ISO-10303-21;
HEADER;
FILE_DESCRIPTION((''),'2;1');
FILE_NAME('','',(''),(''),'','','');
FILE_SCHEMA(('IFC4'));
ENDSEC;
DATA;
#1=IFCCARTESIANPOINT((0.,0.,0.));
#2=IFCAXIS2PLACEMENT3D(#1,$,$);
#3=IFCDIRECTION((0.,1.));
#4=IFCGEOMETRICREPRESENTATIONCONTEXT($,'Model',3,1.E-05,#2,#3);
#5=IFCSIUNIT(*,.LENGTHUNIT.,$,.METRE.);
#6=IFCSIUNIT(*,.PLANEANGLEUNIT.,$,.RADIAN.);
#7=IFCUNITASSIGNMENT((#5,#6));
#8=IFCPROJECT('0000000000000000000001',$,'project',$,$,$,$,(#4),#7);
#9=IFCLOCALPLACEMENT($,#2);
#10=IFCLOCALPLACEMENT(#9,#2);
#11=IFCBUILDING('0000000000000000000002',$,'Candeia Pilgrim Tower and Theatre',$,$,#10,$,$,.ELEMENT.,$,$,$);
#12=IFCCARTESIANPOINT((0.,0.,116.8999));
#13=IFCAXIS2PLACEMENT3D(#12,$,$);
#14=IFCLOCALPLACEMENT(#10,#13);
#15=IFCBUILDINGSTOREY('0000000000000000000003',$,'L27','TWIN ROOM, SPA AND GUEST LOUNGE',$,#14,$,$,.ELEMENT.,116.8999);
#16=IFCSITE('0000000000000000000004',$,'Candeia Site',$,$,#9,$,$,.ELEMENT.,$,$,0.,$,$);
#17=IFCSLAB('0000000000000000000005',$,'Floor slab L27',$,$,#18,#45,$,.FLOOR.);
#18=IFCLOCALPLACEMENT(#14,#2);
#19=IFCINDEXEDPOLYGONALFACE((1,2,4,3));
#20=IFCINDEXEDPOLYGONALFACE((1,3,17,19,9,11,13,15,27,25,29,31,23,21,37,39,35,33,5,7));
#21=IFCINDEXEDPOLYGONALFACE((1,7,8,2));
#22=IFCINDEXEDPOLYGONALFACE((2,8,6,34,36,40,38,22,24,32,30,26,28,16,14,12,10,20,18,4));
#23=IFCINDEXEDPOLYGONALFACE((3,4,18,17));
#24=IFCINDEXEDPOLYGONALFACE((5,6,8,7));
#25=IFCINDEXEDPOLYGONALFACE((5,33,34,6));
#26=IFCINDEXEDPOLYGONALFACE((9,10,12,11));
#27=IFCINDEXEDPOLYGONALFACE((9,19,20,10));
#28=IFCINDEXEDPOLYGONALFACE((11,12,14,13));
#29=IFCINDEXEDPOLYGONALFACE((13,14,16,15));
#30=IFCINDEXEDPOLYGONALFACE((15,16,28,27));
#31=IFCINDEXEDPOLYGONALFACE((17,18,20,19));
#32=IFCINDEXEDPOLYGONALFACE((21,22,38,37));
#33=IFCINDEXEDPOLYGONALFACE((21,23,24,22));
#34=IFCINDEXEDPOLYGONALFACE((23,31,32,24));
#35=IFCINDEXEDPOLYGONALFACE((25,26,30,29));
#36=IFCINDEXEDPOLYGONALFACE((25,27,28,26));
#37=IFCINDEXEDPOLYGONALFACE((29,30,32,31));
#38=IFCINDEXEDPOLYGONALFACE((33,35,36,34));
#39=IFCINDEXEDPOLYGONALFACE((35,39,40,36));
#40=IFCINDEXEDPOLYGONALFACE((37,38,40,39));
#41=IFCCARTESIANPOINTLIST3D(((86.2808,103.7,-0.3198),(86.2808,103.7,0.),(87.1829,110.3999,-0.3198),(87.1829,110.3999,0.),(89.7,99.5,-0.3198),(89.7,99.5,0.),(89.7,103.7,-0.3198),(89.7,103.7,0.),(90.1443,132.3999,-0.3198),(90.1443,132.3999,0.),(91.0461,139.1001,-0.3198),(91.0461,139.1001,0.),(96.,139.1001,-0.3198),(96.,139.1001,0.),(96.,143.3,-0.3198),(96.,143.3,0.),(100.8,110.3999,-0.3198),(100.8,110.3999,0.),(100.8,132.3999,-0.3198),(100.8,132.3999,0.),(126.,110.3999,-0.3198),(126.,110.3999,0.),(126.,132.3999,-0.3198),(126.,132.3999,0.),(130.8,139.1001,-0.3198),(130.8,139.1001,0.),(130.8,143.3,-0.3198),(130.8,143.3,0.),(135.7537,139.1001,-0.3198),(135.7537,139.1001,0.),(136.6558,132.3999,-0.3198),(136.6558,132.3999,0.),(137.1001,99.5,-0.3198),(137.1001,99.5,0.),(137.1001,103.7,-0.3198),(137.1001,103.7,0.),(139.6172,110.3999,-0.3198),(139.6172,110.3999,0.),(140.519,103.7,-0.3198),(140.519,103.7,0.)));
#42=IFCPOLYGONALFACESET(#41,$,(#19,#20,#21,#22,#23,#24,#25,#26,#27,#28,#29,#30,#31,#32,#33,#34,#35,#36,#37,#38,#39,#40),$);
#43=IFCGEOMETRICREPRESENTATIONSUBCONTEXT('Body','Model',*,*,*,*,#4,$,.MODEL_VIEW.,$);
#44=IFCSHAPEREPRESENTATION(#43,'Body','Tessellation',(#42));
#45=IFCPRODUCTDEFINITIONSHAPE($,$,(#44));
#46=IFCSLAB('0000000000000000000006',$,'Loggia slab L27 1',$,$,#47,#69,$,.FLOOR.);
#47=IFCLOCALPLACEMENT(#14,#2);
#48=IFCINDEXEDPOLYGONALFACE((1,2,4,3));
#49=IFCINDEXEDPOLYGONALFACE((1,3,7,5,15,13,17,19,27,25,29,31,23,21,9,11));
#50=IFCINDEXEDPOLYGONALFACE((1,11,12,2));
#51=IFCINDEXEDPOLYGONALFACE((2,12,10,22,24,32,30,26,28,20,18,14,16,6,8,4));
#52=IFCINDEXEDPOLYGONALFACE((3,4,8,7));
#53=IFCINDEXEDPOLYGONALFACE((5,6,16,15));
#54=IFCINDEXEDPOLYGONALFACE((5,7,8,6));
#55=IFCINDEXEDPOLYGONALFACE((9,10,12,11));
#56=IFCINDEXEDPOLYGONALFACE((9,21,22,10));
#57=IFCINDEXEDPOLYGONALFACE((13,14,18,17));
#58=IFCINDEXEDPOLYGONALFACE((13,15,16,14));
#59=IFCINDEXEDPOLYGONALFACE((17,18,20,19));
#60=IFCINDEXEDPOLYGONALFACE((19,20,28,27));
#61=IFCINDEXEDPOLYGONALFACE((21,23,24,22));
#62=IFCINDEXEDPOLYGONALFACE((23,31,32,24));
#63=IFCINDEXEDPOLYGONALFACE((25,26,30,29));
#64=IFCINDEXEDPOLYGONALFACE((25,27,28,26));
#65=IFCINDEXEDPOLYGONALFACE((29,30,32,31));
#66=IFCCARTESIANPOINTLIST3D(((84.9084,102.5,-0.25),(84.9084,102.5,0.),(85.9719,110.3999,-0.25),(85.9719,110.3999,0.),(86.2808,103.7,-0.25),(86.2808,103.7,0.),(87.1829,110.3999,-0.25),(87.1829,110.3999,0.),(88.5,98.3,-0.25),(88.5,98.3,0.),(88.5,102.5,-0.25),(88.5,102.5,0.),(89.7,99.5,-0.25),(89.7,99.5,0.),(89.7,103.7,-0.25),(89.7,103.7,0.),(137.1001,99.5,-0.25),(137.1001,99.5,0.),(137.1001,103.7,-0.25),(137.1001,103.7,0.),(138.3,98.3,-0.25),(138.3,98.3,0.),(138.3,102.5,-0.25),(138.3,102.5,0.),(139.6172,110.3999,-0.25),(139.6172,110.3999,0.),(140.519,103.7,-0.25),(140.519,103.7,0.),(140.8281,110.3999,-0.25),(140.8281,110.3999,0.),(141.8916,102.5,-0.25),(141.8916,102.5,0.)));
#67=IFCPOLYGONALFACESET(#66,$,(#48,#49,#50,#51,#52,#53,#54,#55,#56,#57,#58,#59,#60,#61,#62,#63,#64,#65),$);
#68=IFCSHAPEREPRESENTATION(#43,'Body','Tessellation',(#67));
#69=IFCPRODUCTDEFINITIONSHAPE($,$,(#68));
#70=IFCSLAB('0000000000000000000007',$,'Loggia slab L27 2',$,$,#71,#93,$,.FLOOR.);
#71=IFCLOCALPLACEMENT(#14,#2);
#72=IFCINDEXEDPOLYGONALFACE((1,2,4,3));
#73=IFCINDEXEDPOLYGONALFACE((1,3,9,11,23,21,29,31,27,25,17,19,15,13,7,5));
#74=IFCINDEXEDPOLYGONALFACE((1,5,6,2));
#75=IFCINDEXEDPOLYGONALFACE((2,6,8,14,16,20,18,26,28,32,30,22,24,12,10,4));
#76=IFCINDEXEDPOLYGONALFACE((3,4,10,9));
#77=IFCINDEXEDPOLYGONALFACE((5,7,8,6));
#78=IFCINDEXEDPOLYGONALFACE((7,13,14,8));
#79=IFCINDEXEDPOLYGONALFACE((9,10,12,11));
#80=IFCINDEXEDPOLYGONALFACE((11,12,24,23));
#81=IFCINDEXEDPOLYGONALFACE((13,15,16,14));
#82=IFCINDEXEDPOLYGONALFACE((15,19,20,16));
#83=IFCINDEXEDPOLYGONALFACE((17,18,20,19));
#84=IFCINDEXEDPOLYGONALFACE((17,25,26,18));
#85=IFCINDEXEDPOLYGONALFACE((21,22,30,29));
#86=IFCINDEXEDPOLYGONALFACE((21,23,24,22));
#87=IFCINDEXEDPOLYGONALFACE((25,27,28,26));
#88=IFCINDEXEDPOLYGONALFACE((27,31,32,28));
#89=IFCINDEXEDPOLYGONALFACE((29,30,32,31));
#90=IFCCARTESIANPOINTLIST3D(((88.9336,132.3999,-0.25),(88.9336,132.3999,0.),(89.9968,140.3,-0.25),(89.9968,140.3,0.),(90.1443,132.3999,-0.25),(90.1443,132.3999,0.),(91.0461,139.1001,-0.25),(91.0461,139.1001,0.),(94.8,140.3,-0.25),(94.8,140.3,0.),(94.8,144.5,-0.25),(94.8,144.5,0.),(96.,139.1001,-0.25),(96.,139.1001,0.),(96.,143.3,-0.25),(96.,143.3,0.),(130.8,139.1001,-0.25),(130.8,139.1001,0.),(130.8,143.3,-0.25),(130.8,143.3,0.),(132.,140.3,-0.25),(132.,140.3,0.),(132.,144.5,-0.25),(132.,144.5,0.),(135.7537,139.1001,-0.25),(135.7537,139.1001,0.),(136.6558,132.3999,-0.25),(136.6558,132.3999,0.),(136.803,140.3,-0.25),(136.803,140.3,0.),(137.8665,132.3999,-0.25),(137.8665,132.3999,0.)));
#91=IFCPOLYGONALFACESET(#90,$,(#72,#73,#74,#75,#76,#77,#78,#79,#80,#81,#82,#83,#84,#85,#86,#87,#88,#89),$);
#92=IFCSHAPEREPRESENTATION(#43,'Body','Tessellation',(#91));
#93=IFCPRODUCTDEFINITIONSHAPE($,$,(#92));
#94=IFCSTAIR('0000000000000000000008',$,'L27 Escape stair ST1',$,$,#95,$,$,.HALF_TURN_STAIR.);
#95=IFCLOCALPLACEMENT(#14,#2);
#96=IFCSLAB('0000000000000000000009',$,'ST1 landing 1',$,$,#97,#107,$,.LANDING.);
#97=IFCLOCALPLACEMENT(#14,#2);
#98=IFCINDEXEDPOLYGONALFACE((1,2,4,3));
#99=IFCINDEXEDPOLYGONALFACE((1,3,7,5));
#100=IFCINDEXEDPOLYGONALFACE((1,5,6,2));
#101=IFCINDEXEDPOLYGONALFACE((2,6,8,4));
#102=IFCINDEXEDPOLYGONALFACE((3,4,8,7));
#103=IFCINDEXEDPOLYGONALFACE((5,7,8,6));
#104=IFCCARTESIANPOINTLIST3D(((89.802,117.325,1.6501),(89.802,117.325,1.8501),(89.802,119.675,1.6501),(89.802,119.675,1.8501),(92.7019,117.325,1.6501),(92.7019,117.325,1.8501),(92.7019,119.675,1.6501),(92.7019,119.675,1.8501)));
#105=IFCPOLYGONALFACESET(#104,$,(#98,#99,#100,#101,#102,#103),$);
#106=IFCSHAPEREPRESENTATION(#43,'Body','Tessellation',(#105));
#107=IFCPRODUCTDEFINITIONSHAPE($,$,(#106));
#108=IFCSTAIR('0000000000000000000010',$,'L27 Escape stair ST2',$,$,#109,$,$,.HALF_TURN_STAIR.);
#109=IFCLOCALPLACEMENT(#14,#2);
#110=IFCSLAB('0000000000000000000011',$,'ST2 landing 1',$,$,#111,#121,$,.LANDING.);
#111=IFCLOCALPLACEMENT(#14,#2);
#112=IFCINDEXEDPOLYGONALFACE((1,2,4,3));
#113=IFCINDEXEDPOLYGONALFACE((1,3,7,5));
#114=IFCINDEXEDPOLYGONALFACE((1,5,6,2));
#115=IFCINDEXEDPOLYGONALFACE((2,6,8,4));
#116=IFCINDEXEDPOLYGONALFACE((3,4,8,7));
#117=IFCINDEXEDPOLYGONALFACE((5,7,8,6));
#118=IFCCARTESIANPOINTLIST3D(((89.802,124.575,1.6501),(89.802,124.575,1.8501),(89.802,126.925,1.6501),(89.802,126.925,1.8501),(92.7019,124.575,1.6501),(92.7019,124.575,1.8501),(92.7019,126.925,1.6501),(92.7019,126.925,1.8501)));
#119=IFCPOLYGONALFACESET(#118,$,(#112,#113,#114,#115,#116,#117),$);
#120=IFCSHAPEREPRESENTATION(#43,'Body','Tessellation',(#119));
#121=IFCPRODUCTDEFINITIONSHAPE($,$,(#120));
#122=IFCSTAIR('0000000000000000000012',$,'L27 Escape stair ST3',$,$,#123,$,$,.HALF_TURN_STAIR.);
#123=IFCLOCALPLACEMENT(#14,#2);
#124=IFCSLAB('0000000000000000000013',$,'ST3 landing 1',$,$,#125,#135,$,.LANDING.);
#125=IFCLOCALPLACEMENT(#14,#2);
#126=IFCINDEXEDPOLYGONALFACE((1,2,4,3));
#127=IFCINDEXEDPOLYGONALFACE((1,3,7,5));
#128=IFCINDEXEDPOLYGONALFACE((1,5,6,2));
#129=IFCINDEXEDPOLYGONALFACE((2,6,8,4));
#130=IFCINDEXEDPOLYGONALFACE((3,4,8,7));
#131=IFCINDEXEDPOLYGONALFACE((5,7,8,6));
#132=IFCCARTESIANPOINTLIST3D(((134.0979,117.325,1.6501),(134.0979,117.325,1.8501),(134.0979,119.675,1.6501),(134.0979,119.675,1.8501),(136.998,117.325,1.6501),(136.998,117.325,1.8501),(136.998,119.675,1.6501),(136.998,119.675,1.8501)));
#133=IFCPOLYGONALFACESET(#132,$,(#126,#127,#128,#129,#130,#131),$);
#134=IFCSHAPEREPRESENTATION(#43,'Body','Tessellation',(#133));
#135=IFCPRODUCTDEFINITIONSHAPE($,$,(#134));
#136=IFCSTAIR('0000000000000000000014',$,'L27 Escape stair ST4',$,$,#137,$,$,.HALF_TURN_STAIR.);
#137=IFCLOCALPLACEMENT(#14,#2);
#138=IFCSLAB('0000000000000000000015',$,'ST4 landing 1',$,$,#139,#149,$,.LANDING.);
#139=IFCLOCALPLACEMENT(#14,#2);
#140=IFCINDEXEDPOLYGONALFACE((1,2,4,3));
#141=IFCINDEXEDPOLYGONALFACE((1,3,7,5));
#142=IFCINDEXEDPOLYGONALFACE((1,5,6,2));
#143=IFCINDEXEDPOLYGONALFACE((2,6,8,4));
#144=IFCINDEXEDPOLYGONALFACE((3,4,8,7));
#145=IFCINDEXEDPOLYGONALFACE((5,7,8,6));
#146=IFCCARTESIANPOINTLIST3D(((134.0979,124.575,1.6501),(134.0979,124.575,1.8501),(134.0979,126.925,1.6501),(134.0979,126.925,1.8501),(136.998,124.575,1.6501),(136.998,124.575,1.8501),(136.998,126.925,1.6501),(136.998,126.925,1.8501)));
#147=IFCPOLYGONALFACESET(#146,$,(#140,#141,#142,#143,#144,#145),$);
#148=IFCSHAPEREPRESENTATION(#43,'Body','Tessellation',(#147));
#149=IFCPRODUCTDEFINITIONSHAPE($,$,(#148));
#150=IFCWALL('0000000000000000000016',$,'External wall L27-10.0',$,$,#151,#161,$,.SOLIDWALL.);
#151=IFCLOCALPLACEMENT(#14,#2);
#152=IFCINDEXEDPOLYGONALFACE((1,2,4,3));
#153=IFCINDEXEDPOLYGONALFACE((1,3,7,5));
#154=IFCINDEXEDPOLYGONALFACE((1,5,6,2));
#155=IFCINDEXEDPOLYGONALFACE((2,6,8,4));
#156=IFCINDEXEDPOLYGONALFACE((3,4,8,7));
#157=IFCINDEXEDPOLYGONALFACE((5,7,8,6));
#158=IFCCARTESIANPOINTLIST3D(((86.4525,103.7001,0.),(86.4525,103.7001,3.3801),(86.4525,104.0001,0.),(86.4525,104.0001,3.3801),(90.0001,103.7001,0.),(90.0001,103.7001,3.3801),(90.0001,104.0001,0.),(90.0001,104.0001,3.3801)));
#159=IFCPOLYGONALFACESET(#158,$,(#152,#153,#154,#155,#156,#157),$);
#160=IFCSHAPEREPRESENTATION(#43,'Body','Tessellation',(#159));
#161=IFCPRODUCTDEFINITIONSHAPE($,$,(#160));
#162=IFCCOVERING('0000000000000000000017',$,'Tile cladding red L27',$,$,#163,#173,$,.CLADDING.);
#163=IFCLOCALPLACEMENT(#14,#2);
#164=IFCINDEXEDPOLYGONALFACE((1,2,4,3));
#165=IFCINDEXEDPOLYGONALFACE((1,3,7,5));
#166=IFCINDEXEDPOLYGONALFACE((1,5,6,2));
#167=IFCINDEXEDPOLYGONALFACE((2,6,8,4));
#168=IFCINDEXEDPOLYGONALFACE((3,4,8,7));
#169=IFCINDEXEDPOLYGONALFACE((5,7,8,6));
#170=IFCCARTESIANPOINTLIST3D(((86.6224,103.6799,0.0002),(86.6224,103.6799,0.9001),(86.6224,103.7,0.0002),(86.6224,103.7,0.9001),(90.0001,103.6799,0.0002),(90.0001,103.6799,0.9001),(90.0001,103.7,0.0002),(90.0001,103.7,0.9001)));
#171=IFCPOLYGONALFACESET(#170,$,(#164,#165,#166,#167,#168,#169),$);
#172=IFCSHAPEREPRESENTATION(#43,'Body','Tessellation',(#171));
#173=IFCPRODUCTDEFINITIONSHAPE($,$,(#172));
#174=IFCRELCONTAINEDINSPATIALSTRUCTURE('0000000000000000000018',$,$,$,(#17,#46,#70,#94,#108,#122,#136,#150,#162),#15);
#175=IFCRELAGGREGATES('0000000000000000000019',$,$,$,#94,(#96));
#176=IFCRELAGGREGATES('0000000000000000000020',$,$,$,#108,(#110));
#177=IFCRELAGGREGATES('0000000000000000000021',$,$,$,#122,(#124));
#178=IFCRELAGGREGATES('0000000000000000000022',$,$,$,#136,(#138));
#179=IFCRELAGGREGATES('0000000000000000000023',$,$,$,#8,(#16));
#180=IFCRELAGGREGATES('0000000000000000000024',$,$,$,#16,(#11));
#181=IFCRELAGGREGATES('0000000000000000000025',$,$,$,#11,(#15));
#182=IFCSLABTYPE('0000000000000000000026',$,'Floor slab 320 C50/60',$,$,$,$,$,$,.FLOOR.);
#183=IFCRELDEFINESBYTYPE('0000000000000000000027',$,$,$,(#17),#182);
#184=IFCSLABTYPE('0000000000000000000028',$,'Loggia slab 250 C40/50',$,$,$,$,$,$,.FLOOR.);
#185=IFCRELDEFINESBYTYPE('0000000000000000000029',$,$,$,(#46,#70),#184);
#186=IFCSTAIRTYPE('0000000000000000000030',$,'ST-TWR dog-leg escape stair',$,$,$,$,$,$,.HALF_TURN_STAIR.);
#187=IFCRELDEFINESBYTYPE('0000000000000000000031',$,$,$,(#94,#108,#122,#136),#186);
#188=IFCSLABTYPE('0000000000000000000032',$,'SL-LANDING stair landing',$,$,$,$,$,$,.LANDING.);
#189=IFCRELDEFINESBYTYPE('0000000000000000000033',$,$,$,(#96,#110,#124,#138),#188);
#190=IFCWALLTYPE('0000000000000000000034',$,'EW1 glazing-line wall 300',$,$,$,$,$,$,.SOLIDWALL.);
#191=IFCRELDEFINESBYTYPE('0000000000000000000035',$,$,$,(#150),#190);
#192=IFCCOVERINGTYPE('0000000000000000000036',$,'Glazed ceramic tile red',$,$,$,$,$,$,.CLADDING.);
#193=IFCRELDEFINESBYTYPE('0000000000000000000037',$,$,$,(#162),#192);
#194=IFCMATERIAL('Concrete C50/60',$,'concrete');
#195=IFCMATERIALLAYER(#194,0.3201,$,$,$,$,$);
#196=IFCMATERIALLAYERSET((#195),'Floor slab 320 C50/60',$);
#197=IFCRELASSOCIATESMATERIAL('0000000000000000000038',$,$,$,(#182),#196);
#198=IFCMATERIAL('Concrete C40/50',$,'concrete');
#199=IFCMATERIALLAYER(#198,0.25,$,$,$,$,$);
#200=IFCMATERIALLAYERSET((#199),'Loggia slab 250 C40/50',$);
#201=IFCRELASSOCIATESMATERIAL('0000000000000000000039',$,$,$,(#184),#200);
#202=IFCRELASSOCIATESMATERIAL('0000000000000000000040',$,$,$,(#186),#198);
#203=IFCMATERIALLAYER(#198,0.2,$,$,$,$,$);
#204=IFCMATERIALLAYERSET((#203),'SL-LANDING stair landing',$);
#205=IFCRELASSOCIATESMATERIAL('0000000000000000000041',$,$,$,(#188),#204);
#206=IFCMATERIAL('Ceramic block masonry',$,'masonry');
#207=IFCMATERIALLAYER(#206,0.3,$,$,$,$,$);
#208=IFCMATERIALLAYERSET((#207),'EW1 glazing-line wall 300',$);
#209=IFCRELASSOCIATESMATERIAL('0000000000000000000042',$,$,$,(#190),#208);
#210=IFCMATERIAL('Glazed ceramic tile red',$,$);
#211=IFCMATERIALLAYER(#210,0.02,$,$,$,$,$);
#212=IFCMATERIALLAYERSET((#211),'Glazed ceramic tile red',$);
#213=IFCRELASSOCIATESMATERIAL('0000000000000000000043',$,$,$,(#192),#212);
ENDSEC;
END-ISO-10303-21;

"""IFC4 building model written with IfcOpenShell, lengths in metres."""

from ifc_helpers import new_model, si_unit, direction, frame, frame_2d, origin, origin_2d, place, context, subcontext, project, spatial, polyline, rectangle, outline, extrude, material, layer, layer_set, type_object, element, aggregate, save


model = new_model("IFC4")

# Units and contexts
model_context = context("Model", 3, precision=1e-05, world=origin(), true_north=direction((0.0, 1.0)))
body_context = subcontext(model_context, "Body", "Model", "MODEL_VIEW")
ifc_project = project(units=[si_unit("LENGTHUNIT", "METRE"), si_unit("PLANEANGLEUNIT", "RADIAN")], contexts=[model_context])

# Site, building, storey
site_placement = place(None, origin())
site = spatial("IfcSite", under=ifc_project, at=site_placement, Name="Candeia Site", CompositionType="ELEMENT", RefElevation=0.0)
building_placement = place(site_placement, origin())
building = spatial("IfcBuilding", under=site, at=building_placement, Name="Candeia Pilgrim Tower and Theatre", CompositionType="ELEMENT")
storey_placement = place(building_placement, frame((0.0, 0.0, 116.8999)))
storey = spatial("IfcBuildingStorey", under=building, at=storey_placement, Name="L27", Description="TWIN ROOM, SPA AND GUEST LOUNGE", CompositionType="ELEMENT", Elevation=116.8999)

# Slabs
ifc_material_1 = material(Name="Concrete C40/50", Category="concrete")
ifc_material_2 = material(Name="Concrete C50/60", Category="concrete")
ifc_layer_1 = layer(ifc_material_2, 0.3201)
ifc_layer_set_1 = layer_set([ifc_layer_1], Name="Floor slab 320 C50/60")
slab_type_1 = type_object("IfcSlabType", Name="Floor slab 320 C50/60", PredefinedType="FLOOR", material=ifc_layer_set_1)
slab_1_placement = place(storey_placement, frame((0.0, 0.0, -0.3198)))
element("IfcSlab", 1, at=slab_1_placement, inside=storey, type_object=slab_type_1, Name="Floor slab L27", PredefinedType="FLOOR", context=body_context, shape_type="SweptSolid", body=[
    extrude(outline(polyline([(96.0, 139.1001), (96.0, 143.3), (130.8, 143.3), (130.8, 139.1001), (135.7537, 139.1001), (136.6558, 132.3999), (126.0, 132.3999), (126.0, 110.3999), (139.6172, 110.3999), (140.519, 103.7), (137.1001, 103.7), (137.1001, 99.5), (89.7, 99.5), (89.7, 103.7), (86.2808, 103.7), (87.1829, 110.3999), (100.8, 110.3999), (100.8, 132.3999), (90.1443, 132.3999), (91.0461, 139.1001), (96.0, 139.1001)])), origin(), (0.0, 0.0, 1.0), 0.3198),
])
ifc_layer_2 = layer(ifc_material_1, 0.25)
ifc_layer_set_2 = layer_set([ifc_layer_2], Name="Loggia slab 250 C40/50")
slab_type_2 = type_object("IfcSlabType", Name="Loggia slab 250 C40/50", PredefinedType="FLOOR", material=ifc_layer_set_2)
slab_2_placement = place(storey_placement, frame((0.0, 0.0, -0.25)))
element("IfcSlab", 2, at=slab_2_placement, inside=storey, type_object=slab_type_2, Name="Loggia slab L27 1", PredefinedType="FLOOR", context=body_context, shape_type="SweptSolid", body=[
    extrude(outline(polyline([(87.1829, 110.3999), (86.2808, 103.7), (89.7, 103.7), (89.7, 99.5), (137.1001, 99.5), (137.1001, 103.7), (140.519, 103.7), (139.6172, 110.3999), (140.8281, 110.3999), (141.8916, 102.5), (138.3, 102.5), (138.3, 98.3), (88.5, 98.3), (88.5, 102.5), (84.9084, 102.5), (85.9719, 110.3999), (87.1829, 110.3999)])), origin(), (0.0, 0.0, 1.0), 0.25),
])
slab_3_placement = place(storey_placement, frame((0.0, 0.0, -0.25)))
element("IfcSlab", 3, at=slab_3_placement, inside=storey, type_object=slab_type_2, Name="Loggia slab L27 2", PredefinedType="FLOOR", context=body_context, shape_type="SweptSolid", body=[
    extrude(outline(polyline([(136.6558, 132.3999), (135.7537, 139.1001), (130.8, 139.1001), (130.8, 143.3), (96.0, 143.3), (96.0, 139.1001), (91.0461, 139.1001), (90.1443, 132.3999), (88.9336, 132.3999), (89.9968, 140.3), (94.8, 140.3), (94.8, 144.5), (132.0, 144.5), (132.0, 140.3), (136.803, 140.3), (137.8665, 132.3999), (136.6558, 132.3999)])), origin(), (0.0, 0.0, 1.0), 0.25),
])

# Stairs, slabs
stair_type = type_object("IfcStairType", Name="ST-TWR dog-leg escape stair", PredefinedType="HALF_TURN_STAIR", material=ifc_material_1)
stair_1_placement = place(storey_placement, origin())
stair_1 = element("IfcStair", 4, at=stair_1_placement, inside=storey, type_object=stair_type, Name="L27 Escape stair ST1", PredefinedType="HALF_TURN_STAIR")
ifc_layer_3 = layer(ifc_material_1, 0.2)
ifc_layer_set_3 = layer_set([ifc_layer_3], Name="SL-LANDING stair landing")
slab_type_3 = type_object("IfcSlabType", Name="SL-LANDING stair landing", PredefinedType="LANDING", material=ifc_layer_set_3)
slab_4_placement = place(storey_placement, frame((0.0, 0.0, 1.6501)))
slab_4 = element("IfcSlab", 5, at=slab_4_placement, type_object=slab_type_3, Name="ST1 landing 1", PredefinedType="LANDING", context=body_context, shape_type="SweptSolid", body=[
    extrude(outline(polyline([(89.802, 119.675), (89.802, 117.325), (92.7019, 117.325), (92.7019, 119.675), (89.802, 119.675)])), origin(), (0.0, 0.0, 1.0), 0.2),
])
aggregate(stair_1, [slab_4])
stair_2_placement = place(storey_placement, origin())
stair_2 = element("IfcStair", 6, at=stair_2_placement, inside=storey, type_object=stair_type, Name="L27 Escape stair ST2", PredefinedType="HALF_TURN_STAIR")
slab_5_placement = place(storey_placement, frame((0.0, 0.0, 1.6501)))
slab_5 = element("IfcSlab", 7, at=slab_5_placement, type_object=slab_type_3, Name="ST2 landing 1", PredefinedType="LANDING", context=body_context, shape_type="SweptSolid", body=[
    extrude(outline(polyline([(89.802, 126.925), (89.802, 124.575), (92.7019, 124.575), (92.7019, 126.925), (89.802, 126.925)])), origin(), (0.0, 0.0, 1.0), 0.2),
])
aggregate(stair_2, [slab_5])
stair_3_placement = place(storey_placement, origin())
stair_3 = element("IfcStair", 8, at=stair_3_placement, inside=storey, type_object=stair_type, Name="L27 Escape stair ST3", PredefinedType="HALF_TURN_STAIR")
slab_6_placement = place(storey_placement, frame((0.0, 0.0, 1.6501)))
slab_6 = element("IfcSlab", 9, at=slab_6_placement, type_object=slab_type_3, Name="ST3 landing 1", PredefinedType="LANDING", context=body_context, shape_type="SweptSolid", body=[
    extrude(outline(polyline([(134.0979, 119.675), (134.0979, 117.325), (136.998, 117.325), (136.998, 119.675), (134.0979, 119.675)])), origin(), (0.0, 0.0, 1.0), 0.2),
])
aggregate(stair_3, [slab_6])
stair_4_placement = place(storey_placement, origin())
stair_4 = element("IfcStair", 10, at=stair_4_placement, inside=storey, type_object=stair_type, Name="L27 Escape stair ST4", PredefinedType="HALF_TURN_STAIR")
slab_7_placement = place(storey_placement, frame((0.0, 0.0, 1.6501)))
slab_7 = element("IfcSlab", 11, at=slab_7_placement, type_object=slab_type_3, Name="ST4 landing 1", PredefinedType="LANDING", context=body_context, shape_type="SweptSolid", body=[
    extrude(outline(polyline([(134.0979, 126.925), (134.0979, 124.575), (136.998, 124.575), (136.998, 126.925), (134.0979, 126.925)])), origin(), (0.0, 0.0, 1.0), 0.2),
])
aggregate(stair_4, [slab_7])

# Wall
ifc_material_3 = material(Name="Ceramic block masonry", Category="masonry")
ifc_layer_4 = layer(ifc_material_3, 0.3)
ifc_layer_set_4 = layer_set([ifc_layer_4], Name="EW1 glazing-line wall 300")
wall_type = type_object("IfcWallType", Name="EW1 glazing-line wall 300", PredefinedType="SOLIDWALL", material=ifc_layer_set_4)
wall_placement = place(storey_placement, frame((86.4524, 103.8501, 0.0), z_axis=(0.0, 0.0, 1.0), x_axis=(1.0, 0.0, 0.0)))
element("IfcWall", 12, at=wall_placement, inside=storey, type_object=wall_type, Name="External wall L27-10.0", PredefinedType="SOLIDWALL", context=body_context, shape_type="SweptSolid", body=[
    extrude(rectangle(XDim=3.5476, YDim=0.3, at=frame_2d((1.7739, 0.0))), origin(), (0.0, 0.0, 1.0), 3.3801),
])

# Covering
ifc_material_4 = material(Name="Glazed ceramic tile red")
ifc_layer_5 = layer(ifc_material_4, 0.02)
ifc_layer_set_5 = layer_set([ifc_layer_5], Name="Glazed ceramic tile red")
covering_type = type_object("IfcCoveringType", Name="Glazed ceramic tile red", PredefinedType="CLADDING", material=ifc_layer_set_5)
covering_placement = place(storey_placement, frame((88.3113, 103.6899, 0.0002), z_axis=(0.0, 0.0, 1.0), x_axis=(1.0, 0.0, 0.0)))
element("IfcCovering", 13, at=covering_placement, inside=storey, type_object=covering_type, Name="Tile cladding red L27", PredefinedType="CLADDING", context=body_context, shape_type="SweptSolid", body=[
    extrude(rectangle(XDim=3.3777, YDim=0.02, at=origin_2d()), origin(), (0.0, 0.0, 1.0), 0.8999),
])

save(model, "model.ifc")
